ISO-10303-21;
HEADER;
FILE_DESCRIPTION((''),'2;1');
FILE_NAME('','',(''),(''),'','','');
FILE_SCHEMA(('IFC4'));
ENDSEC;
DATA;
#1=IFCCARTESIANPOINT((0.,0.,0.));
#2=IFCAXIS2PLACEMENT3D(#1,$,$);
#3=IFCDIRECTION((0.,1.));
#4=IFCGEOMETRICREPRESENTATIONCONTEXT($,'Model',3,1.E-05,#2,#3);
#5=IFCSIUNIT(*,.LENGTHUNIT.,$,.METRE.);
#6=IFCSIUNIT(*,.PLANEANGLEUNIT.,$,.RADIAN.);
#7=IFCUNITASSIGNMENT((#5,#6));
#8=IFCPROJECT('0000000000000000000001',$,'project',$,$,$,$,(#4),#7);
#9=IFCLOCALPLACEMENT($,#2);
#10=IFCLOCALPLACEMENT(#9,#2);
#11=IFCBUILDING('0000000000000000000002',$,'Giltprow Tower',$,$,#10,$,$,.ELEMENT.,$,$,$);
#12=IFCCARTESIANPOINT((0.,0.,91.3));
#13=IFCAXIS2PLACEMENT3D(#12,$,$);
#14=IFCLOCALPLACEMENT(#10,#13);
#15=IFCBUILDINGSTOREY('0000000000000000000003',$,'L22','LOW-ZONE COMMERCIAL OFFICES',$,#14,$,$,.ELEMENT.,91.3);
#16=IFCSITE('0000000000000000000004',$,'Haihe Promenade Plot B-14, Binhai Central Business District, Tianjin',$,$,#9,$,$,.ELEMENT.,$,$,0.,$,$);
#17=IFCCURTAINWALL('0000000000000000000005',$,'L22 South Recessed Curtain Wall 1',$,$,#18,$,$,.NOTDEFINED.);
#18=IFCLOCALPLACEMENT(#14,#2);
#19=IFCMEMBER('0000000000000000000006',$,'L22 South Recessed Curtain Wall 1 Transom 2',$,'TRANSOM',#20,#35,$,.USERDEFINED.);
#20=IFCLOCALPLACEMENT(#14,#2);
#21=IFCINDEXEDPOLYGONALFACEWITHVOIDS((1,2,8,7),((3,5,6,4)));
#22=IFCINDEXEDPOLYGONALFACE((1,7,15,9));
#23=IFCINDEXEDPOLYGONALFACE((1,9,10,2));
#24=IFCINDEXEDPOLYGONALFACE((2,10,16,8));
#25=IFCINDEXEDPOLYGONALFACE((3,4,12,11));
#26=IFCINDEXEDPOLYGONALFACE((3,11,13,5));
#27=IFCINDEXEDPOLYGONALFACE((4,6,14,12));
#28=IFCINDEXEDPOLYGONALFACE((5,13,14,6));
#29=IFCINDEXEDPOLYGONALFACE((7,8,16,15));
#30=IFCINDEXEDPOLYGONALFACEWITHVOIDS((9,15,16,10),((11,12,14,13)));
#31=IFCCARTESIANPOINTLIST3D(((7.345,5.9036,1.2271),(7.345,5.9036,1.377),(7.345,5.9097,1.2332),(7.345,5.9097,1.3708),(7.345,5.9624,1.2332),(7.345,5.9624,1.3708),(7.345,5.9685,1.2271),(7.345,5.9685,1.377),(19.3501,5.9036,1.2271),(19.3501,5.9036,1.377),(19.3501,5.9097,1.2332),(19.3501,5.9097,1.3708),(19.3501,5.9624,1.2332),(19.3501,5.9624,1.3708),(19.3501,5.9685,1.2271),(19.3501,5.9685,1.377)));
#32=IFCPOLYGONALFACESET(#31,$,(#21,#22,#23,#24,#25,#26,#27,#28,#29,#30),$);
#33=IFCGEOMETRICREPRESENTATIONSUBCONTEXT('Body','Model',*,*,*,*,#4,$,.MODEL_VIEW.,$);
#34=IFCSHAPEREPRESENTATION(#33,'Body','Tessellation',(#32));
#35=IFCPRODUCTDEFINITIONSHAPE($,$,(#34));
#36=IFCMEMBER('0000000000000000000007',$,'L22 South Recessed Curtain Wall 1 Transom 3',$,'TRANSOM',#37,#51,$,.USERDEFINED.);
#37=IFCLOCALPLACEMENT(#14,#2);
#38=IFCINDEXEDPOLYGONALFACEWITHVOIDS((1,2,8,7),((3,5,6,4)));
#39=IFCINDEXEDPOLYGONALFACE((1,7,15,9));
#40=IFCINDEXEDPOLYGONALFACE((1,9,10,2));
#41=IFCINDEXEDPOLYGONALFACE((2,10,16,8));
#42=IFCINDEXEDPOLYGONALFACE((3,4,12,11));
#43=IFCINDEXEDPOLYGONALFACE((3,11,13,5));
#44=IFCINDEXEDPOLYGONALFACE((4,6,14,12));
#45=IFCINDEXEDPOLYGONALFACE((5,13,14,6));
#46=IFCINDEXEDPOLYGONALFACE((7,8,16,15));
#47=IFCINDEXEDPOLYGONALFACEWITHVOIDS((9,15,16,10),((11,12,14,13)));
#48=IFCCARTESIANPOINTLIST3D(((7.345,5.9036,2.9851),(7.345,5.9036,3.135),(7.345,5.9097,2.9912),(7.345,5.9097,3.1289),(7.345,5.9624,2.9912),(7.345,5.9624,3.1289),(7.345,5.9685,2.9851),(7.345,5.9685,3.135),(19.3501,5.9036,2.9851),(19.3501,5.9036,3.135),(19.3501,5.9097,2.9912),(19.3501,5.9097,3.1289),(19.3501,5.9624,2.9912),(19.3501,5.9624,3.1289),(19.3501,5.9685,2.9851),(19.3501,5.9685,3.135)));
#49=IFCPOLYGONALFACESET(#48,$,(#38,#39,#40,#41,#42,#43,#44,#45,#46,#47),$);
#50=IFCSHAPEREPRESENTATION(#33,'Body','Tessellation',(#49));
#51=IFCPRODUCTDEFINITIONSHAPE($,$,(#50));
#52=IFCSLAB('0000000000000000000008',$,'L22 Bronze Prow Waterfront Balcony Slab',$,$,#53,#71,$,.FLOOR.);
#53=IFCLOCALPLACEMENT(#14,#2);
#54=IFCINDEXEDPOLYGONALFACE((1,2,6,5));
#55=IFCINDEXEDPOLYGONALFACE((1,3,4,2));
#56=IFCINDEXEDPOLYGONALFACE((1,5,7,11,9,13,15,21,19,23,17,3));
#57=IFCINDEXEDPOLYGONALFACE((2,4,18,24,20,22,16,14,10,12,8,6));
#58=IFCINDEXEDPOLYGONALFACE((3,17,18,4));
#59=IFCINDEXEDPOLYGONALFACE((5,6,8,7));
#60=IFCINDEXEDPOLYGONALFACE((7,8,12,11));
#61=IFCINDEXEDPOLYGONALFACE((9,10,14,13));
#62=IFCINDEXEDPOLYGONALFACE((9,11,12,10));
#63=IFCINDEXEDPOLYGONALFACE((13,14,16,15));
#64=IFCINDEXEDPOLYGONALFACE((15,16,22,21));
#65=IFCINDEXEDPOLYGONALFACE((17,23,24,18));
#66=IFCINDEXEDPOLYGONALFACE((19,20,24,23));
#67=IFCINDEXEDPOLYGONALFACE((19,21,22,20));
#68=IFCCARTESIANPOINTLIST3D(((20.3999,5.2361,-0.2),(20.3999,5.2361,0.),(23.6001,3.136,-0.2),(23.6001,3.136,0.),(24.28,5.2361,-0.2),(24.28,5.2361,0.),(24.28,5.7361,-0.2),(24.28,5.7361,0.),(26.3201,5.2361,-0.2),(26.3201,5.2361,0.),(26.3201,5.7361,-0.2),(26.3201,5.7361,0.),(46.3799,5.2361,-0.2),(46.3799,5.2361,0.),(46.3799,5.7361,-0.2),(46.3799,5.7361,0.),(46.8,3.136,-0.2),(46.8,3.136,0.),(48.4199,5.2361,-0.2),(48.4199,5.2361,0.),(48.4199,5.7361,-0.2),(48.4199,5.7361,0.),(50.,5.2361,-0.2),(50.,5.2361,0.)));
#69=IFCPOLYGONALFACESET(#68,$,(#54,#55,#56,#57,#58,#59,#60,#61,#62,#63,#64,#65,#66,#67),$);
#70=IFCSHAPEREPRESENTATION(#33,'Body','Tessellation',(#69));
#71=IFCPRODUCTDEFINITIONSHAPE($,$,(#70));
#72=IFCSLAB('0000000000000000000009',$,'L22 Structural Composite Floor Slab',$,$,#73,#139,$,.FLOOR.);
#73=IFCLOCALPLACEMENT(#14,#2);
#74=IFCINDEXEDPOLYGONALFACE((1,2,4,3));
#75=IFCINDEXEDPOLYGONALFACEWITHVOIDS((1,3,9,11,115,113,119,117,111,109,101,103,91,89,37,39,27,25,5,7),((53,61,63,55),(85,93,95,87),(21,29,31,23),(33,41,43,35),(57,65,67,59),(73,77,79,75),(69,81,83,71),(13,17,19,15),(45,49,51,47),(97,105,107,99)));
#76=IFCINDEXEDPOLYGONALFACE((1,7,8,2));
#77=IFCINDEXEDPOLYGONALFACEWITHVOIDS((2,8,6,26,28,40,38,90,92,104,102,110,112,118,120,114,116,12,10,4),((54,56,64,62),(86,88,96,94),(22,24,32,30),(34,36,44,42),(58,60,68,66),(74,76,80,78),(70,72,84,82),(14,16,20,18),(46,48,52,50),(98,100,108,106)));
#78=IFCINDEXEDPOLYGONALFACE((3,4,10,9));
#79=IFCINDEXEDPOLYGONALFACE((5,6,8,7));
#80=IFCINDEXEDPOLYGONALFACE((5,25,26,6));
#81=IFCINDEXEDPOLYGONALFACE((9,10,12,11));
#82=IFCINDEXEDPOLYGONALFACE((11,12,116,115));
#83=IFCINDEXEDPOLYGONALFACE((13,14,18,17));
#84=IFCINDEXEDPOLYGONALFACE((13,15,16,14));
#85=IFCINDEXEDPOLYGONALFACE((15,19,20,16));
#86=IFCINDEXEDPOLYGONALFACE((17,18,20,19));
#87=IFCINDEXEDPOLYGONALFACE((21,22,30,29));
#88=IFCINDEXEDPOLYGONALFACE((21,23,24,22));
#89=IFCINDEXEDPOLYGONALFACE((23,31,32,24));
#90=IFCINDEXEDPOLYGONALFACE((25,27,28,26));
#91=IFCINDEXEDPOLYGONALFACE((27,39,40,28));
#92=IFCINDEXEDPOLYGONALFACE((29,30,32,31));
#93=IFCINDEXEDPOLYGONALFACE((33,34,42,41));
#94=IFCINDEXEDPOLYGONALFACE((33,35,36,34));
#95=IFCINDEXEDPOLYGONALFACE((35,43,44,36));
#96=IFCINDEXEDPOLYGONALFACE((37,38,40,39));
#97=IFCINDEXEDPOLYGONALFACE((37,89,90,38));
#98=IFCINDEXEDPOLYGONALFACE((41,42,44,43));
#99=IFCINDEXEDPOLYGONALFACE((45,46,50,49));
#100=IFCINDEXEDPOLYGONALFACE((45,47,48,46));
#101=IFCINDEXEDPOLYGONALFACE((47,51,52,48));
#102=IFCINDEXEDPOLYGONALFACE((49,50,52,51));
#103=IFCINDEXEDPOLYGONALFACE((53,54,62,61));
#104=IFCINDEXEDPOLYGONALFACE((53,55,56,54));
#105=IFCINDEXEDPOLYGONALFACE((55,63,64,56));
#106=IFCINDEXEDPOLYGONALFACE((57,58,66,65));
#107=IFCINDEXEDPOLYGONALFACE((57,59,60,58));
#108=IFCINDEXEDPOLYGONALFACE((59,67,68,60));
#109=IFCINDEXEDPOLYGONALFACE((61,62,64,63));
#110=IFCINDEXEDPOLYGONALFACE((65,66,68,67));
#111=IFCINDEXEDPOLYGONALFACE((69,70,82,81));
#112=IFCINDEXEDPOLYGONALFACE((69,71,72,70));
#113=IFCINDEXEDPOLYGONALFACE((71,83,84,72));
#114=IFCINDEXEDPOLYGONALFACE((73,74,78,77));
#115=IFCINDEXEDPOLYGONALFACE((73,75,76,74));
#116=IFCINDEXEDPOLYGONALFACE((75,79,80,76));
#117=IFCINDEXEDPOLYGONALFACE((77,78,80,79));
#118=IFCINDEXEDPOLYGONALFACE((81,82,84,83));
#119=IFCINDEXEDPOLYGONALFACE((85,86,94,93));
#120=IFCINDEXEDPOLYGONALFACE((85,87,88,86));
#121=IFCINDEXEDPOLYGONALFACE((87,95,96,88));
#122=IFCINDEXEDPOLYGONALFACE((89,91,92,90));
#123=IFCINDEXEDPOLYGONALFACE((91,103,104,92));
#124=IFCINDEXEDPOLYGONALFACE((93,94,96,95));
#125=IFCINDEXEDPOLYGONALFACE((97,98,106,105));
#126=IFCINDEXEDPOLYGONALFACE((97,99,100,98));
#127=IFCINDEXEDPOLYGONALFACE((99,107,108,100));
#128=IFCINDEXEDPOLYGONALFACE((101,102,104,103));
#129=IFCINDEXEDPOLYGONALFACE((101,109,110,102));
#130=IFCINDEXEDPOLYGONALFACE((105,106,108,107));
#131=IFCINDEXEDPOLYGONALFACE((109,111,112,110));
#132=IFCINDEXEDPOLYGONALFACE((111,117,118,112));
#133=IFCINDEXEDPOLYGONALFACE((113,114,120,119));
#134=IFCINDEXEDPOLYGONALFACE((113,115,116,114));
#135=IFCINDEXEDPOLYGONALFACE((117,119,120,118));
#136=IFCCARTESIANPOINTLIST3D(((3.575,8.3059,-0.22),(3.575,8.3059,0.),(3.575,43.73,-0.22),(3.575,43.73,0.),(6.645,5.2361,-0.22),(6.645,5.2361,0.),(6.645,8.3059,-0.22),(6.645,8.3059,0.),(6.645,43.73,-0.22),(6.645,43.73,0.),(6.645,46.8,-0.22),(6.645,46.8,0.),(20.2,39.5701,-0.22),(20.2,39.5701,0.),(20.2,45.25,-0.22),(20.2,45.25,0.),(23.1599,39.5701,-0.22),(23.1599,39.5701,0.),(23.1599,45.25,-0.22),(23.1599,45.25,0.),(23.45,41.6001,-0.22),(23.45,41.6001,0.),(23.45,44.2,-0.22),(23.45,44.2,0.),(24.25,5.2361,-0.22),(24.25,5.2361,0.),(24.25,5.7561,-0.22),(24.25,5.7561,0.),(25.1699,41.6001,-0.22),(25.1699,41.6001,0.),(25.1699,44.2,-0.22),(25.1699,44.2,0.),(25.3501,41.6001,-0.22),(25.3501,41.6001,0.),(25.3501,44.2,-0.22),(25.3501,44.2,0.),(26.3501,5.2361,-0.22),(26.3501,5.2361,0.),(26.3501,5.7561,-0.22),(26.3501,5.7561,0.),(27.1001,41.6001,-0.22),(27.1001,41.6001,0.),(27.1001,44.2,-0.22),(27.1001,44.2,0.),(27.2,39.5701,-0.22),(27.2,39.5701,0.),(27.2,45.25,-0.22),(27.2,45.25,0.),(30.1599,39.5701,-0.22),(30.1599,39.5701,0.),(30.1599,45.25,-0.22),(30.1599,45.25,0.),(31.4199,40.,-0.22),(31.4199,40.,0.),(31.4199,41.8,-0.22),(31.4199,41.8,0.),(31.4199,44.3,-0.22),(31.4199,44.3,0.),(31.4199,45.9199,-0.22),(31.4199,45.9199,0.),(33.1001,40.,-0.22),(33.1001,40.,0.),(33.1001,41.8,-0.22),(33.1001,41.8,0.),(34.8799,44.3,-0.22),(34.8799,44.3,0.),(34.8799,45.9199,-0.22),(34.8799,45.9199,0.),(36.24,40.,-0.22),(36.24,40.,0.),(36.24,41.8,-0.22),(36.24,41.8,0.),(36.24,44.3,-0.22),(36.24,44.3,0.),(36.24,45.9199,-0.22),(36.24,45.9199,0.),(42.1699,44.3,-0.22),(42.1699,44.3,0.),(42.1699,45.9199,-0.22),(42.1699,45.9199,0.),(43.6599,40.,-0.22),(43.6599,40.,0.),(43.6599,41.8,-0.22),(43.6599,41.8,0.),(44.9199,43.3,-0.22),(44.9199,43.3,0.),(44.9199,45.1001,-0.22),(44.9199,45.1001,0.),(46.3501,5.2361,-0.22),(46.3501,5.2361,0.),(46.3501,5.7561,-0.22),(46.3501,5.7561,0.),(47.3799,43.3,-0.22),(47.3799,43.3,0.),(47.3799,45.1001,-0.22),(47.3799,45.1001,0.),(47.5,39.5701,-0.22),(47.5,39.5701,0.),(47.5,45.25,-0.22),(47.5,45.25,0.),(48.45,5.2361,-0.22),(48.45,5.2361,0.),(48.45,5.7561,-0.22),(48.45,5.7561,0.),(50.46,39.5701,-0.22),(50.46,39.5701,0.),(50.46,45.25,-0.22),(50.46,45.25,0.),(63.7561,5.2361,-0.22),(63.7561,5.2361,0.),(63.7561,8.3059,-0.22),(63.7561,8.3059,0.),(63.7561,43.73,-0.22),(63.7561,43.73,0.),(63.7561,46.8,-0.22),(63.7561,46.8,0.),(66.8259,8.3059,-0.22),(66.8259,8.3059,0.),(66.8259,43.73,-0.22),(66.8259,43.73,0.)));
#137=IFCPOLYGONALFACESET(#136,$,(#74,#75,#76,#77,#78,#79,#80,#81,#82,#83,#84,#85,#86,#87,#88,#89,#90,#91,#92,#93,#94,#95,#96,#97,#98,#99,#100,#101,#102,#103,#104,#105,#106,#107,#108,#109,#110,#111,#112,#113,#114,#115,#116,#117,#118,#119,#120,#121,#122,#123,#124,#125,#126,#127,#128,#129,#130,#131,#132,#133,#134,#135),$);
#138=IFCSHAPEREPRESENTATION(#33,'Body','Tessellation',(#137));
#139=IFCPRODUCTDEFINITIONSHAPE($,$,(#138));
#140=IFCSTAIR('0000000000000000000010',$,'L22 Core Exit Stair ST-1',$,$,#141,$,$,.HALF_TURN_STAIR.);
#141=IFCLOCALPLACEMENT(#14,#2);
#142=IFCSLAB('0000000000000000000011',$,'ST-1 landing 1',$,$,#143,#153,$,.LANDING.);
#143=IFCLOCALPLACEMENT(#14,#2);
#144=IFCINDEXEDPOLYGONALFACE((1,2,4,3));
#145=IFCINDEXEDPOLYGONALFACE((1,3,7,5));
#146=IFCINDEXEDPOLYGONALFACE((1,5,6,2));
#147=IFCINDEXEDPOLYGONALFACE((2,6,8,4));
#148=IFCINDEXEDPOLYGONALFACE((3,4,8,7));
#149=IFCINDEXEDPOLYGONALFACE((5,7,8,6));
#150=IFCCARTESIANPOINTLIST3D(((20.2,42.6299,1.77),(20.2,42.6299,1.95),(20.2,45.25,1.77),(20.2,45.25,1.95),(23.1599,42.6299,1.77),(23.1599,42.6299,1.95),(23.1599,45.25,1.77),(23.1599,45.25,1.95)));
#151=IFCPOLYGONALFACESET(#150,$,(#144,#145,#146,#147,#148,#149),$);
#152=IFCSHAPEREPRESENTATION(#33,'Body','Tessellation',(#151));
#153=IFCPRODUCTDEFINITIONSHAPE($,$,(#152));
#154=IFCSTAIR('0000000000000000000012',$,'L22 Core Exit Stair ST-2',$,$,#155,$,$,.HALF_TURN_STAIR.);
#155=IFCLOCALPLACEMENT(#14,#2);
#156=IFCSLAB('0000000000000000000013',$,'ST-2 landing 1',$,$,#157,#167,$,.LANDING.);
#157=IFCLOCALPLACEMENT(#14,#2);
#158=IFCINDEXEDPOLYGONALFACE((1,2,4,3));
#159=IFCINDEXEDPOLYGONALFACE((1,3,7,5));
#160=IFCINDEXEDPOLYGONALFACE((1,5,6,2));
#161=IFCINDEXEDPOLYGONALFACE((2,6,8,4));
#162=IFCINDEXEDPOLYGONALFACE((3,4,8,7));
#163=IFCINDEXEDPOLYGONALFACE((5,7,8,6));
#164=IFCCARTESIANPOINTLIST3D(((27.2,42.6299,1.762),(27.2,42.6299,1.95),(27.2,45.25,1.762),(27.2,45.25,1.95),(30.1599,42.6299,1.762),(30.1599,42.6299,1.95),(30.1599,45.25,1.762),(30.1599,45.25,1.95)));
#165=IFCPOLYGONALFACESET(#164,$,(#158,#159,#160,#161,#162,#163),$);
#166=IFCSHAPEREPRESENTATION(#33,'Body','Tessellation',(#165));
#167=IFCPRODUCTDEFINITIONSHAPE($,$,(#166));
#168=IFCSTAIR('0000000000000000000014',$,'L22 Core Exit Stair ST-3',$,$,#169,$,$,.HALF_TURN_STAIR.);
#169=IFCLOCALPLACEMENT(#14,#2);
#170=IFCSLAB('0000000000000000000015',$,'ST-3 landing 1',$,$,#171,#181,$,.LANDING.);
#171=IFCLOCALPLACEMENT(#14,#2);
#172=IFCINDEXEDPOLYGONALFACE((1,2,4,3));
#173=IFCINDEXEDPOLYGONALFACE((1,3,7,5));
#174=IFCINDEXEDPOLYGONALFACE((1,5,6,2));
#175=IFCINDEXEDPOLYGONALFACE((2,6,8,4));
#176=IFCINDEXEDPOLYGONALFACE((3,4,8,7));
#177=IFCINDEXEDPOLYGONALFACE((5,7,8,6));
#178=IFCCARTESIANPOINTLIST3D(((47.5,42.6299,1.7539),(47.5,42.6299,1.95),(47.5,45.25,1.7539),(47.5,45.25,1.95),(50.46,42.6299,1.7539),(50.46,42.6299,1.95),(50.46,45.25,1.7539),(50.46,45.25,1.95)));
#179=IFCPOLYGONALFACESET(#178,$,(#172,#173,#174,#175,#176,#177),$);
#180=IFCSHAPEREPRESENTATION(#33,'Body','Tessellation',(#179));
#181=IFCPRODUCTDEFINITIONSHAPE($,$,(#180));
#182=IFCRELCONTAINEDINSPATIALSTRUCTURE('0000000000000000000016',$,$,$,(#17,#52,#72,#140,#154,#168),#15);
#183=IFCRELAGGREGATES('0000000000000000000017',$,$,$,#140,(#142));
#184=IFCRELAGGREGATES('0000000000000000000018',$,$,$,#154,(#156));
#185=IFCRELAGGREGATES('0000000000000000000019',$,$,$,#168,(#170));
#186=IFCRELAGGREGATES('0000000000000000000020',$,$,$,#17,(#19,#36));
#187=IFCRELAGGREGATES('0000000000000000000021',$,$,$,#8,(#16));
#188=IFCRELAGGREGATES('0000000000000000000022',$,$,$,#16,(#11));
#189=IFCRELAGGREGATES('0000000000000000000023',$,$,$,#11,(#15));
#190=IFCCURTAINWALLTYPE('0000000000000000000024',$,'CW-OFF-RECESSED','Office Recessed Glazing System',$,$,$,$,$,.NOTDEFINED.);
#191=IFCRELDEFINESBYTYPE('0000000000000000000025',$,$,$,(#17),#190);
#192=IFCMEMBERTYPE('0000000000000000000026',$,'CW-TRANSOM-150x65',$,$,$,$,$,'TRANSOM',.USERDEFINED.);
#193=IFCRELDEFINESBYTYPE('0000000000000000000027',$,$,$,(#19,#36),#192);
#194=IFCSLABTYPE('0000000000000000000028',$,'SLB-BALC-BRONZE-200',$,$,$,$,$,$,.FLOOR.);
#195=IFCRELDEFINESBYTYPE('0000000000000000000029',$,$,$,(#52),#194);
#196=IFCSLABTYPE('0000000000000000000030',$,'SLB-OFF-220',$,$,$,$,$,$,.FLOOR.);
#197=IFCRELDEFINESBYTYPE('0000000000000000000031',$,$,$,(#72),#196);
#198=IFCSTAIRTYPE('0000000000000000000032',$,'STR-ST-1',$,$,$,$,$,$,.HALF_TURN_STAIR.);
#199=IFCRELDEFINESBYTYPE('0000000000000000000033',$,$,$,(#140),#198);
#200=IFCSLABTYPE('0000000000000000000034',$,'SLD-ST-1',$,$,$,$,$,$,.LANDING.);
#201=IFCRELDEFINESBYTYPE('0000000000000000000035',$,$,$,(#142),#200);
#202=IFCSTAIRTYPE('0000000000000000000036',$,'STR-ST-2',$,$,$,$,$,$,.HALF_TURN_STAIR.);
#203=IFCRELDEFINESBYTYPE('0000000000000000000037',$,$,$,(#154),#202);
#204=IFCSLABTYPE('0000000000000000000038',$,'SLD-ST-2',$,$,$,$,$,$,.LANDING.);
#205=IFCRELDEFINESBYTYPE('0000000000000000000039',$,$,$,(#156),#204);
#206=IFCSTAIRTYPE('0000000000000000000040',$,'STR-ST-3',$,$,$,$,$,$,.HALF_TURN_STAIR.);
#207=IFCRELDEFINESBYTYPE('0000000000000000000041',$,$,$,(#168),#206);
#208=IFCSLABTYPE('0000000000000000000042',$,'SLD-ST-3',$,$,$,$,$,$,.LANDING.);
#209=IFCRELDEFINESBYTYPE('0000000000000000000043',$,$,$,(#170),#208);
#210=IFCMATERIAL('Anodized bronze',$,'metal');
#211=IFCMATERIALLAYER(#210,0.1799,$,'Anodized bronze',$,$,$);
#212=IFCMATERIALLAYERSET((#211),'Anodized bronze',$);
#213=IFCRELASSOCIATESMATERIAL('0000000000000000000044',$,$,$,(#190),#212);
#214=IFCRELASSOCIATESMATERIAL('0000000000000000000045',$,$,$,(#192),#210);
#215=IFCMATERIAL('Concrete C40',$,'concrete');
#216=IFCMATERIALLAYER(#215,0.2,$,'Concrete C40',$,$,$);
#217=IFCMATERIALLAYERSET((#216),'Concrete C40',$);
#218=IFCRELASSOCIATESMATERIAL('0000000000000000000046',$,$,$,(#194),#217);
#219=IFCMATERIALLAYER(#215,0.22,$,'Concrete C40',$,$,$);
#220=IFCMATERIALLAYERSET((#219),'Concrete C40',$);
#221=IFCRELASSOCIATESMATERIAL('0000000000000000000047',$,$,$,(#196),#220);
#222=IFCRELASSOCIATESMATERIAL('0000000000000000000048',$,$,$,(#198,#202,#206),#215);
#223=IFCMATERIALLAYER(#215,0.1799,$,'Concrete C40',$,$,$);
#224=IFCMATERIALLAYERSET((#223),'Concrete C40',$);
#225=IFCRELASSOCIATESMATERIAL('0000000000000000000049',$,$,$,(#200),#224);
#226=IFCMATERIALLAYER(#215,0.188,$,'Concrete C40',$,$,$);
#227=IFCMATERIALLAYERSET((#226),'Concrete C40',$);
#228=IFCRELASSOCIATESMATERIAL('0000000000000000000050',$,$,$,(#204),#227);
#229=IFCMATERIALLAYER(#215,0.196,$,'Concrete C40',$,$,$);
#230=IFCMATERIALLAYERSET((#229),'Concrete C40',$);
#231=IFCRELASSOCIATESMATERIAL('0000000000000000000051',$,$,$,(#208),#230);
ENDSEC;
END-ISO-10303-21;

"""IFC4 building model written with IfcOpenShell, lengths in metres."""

from ifc_helpers import new_model, si_unit, direction, frame, origin, origin_2d, place, context, subcontext, project, spatial, polyline, hollow_rectangle, outline, extrude, source, transform, mapped, material, layer, layer_set, material_profile, profile_set, type_object, element, aggregate, save


model = new_model("IFC4")

# Units and contexts
model_context = context("Model", 3, precision=1e-05, world=origin(), true_north=direction((0.0, 1.0)))
body_context = subcontext(model_context, "Body", "Model", "MODEL_VIEW")
ifc_project = project(units=[si_unit("LENGTHUNIT", "METRE"), si_unit("PLANEANGLEUNIT", "RADIAN")], contexts=[model_context])

# Site, building, storey
site_placement = place(None, origin())
site = spatial("IfcSite", under=ifc_project, at=site_placement, Name="Haihe Promenade Plot B-14, Binhai Central Business District, Tianjin", CompositionType="ELEMENT", RefElevation=0.0)
building_placement = place(site_placement, origin())
building = spatial("IfcBuilding", under=site, at=building_placement, Name="Giltprow Tower", CompositionType="ELEMENT")
storey_placement = place(building_placement, frame((0.0, 0.0, 91.3)))
storey = spatial("IfcBuildingStorey", under=building, at=storey_placement, Name="L22", Description="LOW-ZONE COMMERCIAL OFFICES", CompositionType="ELEMENT", Elevation=91.3)

# Curtain wall, members
ifc_material_1 = material(Name="Anodized bronze", Category="metal")
ifc_layer_1 = layer(ifc_material_1, 0.1799, Name="Anodized bronze")
ifc_layer_set_1 = layer_set([ifc_layer_1], Name="Anodized bronze")
curtain_wall_type = type_object("IfcCurtainWallType", Name="CW-OFF-RECESSED", Description="Office Recessed Glazing System", PredefinedType="NOTDEFINED", material=ifc_layer_set_1)
curtain_wall_placement = place(storey_placement, origin())
curtain_wall = element("IfcCurtainWall", 1, at=curtain_wall_placement, inside=storey, type_object=curtain_wall_type, Name="L22 South Recessed Curtain Wall 1", PredefinedType="NOTDEFINED")
ifc_material_profile_1 = material_profile(ifc_material_1, hollow_rectangle(XDim=0.0649, YDim=0.1499, WallThickness=0.0061, at=origin_2d()), Name="RHS 150x65x6")
ifc_profile_set_1 = profile_set([ifc_material_profile_1], Name="Anodized bronze")
member_type_1 = type_object("IfcMemberType", Name="CW-TRANSOM-150x65", ElementType="TRANSOM", PredefinedType="USERDEFINED", material=ifc_profile_set_1)
shared_shape_1 = source(origin(), body_context, "Body", "SweptSolid", [
    extrude(hollow_rectangle(XDim=0.0649, YDim=0.1499, WallThickness=0.0061, at=origin_2d()), origin(), (0.0, 0.0, 1.0), 12.0051),
])
member_1_placement = place(storey_placement, frame((7.345, 5.936, 1.302), z_axis=(1.0, 0.0, 0.0), x_axis=(0.0, 1.0, 0.0)))
member_1 = element("IfcMember", 2, at=member_1_placement, type_object=member_type_1, Name="L22 South Recessed Curtain Wall 1 Transom 2", ObjectType="TRANSOM", PredefinedType="USERDEFINED", context=body_context, shape_type="MappedRepresentation", body=[
    mapped(shared_shape_1, transform((0.0, 0.0, 0.0), x_axis=(1.0, 0.0, 0.0), y_axis=(0.0, 1.0, 0.0), z_axis=(0.0, 0.0, 1.0), scale=1.0)),
])
member_2_placement = place(storey_placement, frame((7.345, 5.936, 3.0601), z_axis=(1.0, 0.0, 0.0), x_axis=(0.0, 1.0, 0.0)))
member_2 = element("IfcMember", 3, at=member_2_placement, type_object=member_type_1, Name="L22 South Recessed Curtain Wall 1 Transom 3", ObjectType="TRANSOM", PredefinedType="USERDEFINED", context=body_context, shape_type="MappedRepresentation", body=[
    mapped(shared_shape_1, transform((0.0, 0.0, 0.0), x_axis=(1.0, 0.0, 0.0), y_axis=(0.0, 1.0, 0.0), z_axis=(0.0, 0.0, 1.0), scale=1.0)),
])

# Slabs
ifc_material_2 = material(Name="Concrete C40", Category="concrete")
ifc_layer_2 = layer(ifc_material_2, 0.2, Name="Concrete C40")
ifc_layer_set_2 = layer_set([ifc_layer_2], Name="Concrete C40")
slab_type_1 = type_object("IfcSlabType", Name="SLB-BALC-BRONZE-200", PredefinedType="FLOOR", material=ifc_layer_set_2)
slab_1_placement = place(storey_placement, frame((0.0, 0.0, -0.2)))
element("IfcSlab", 4, at=slab_1_placement, inside=storey, type_object=slab_type_1, Name="L22 Bronze Prow Waterfront Balcony Slab", PredefinedType="FLOOR", context=body_context, shape_type="SweptSolid", body=[
    extrude(outline(polyline([(50.0, 5.2361), (46.8, 3.136), (23.6001, 3.136), (20.3999, 5.2361), (24.28, 5.2361), (24.28, 5.7361), (26.3201, 5.7361), (26.3201, 5.2361), (46.3799, 5.2361), (46.3799, 5.7361), (48.4199, 5.7361), (48.4199, 5.2361), (50.0, 5.2361)])), origin(), (0.0, 0.0, 1.0), 0.2),
])
ifc_layer_3 = layer(ifc_material_2, 0.22, Name="Concrete C40")
ifc_layer_set_3 = layer_set([ifc_layer_3], Name="Concrete C40")
slab_type_2 = type_object("IfcSlabType", Name="SLB-OFF-220", PredefinedType="FLOOR", material=ifc_layer_set_3)
slab_2_placement = place(storey_placement, frame((0.0, 0.0, -0.22)))
element("IfcSlab", 5, at=slab_2_placement, inside=storey, type_object=slab_type_2, Name="L22 Structural Composite Floor Slab", PredefinedType="FLOOR", context=body_context, shape_type="SweptSolid", body=[
    extrude(outline(polyline([(6.645, 5.2361), (6.645, 8.3059), (3.575, 8.3059), (3.575, 43.73), (6.645, 43.73), (6.645, 46.8), (63.7561, 46.8), (63.7561, 43.73), (66.8259, 43.73), (66.8259, 8.3059), (63.7561, 8.3059), (63.7561, 5.2361), (48.45, 5.2361), (48.45, 5.7561), (46.3501, 5.7561), (46.3501, 5.2361), (26.3501, 5.2361), (26.3501, 5.7561), (24.25, 5.7561), (24.25, 5.2361), (6.645, 5.2361)]), holes=[polyline([(33.1001, 41.8), (31.4199, 41.8), (31.4199, 40.0), (33.1001, 40.0), (33.1001, 41.8)]), polyline([(23.1599, 39.5701), (23.1599, 45.25), (20.2, 45.25), (20.2, 39.5701), (23.1599, 39.5701)]), polyline([(30.1599, 45.25), (27.2, 45.25), (27.2, 39.5701), (30.1599, 39.5701), (30.1599, 45.25)]), polyline([(25.1699, 41.6001), (25.1699, 44.2), (23.45, 44.2), (23.45, 41.6001), (25.1699, 41.6001)]), polyline([(27.1001, 41.6001), (27.1001, 44.2), (25.3501, 44.2), (25.3501, 41.6001), (27.1001, 41.6001)]), polyline([(43.6599, 40.0), (43.6599, 41.8), (36.24, 41.8), (36.24, 40.0), (43.6599, 40.0)]), polyline([(50.46, 39.5701), (50.46, 45.25), (47.5, 45.25), (47.5, 39.5701), (50.46, 39.5701)]), polyline([(47.3799, 45.1001), (44.9199, 45.1001), (44.9199, 43.3), (47.3799, 43.3), (47.3799, 45.1001)]), polyline([(34.8799, 44.3), (34.8799, 45.9199), (31.4199, 45.9199), (31.4199, 44.3), (34.8799, 44.3)]), polyline([(42.1699, 44.3), (42.1699, 45.9199), (36.24, 45.9199), (36.24, 44.3), (42.1699, 44.3)])]), origin(), (0.0, 0.0, 1.0), 0.22),
])

# Stairs, slabs
stair_type_1 = type_object("IfcStairType", Name="STR-ST-1", PredefinedType="HALF_TURN_STAIR", material=ifc_material_2)
stair_1_placement = place(storey_placement, origin())
stair_1 = element("IfcStair", 6, at=stair_1_placement, inside=storey, type_object=stair_type_1, Name="L22 Core Exit Stair ST-1", PredefinedType="HALF_TURN_STAIR")
ifc_layer_4 = layer(ifc_material_2, 0.1799, Name="Concrete C40")
ifc_layer_set_4 = layer_set([ifc_layer_4], Name="Concrete C40")
slab_type_3 = type_object("IfcSlabType", Name="SLD-ST-1", PredefinedType="LANDING", material=ifc_layer_set_4)
slab_3_placement = place(storey_placement, frame((0.0, 0.0, 1.77)))
slab_3 = element("IfcSlab", 7, at=slab_3_placement, type_object=slab_type_3, Name="ST-1 landing 1", PredefinedType="LANDING", context=body_context, shape_type="SweptSolid", body=[
    extrude(outline(polyline([(23.1599, 42.6299), (23.1599, 45.25), (20.2, 45.25), (20.2, 42.6299), (23.1599, 42.6299)])), origin(), (0.0, 0.0, 1.0), 0.1799),
])
aggregate(stair_1, [slab_3])
stair_type_2 = type_object("IfcStairType", Name="STR-ST-2", PredefinedType="HALF_TURN_STAIR", material=ifc_material_2)
stair_2_placement = place(storey_placement, origin())
stair_2 = element("IfcStair", 8, at=stair_2_placement, inside=storey, type_object=stair_type_2, Name="L22 Core Exit Stair ST-2", PredefinedType="HALF_TURN_STAIR")
ifc_layer_5 = layer(ifc_material_2, 0.188, Name="Concrete C40")
ifc_layer_set_5 = layer_set([ifc_layer_5], Name="Concrete C40")
slab_type_4 = type_object("IfcSlabType", Name="SLD-ST-2", PredefinedType="LANDING", material=ifc_layer_set_5)
slab_4_placement = place(storey_placement, frame((0.0, 0.0, 1.762)))
slab_4 = element("IfcSlab", 9, at=slab_4_placement, type_object=slab_type_4, Name="ST-2 landing 1", PredefinedType="LANDING", context=body_context, shape_type="SweptSolid", body=[
    extrude(outline(polyline([(30.1599, 42.6299), (30.1599, 45.25), (27.2, 45.25), (27.2, 42.6299), (30.1599, 42.6299)])), origin(), (0.0, 0.0, 1.0), 0.188),
])
aggregate(stair_2, [slab_4])
stair_type_3 = type_object("IfcStairType", Name="STR-ST-3", PredefinedType="HALF_TURN_STAIR", material=ifc_material_2)
stair_3_placement = place(storey_placement, origin())
stair_3 = element("IfcStair", 10, at=stair_3_placement, inside=storey, type_object=stair_type_3, Name="L22 Core Exit Stair ST-3", PredefinedType="HALF_TURN_STAIR")
ifc_layer_6 = layer(ifc_material_2, 0.196, Name="Concrete C40")
ifc_layer_set_6 = layer_set([ifc_layer_6], Name="Concrete C40")
slab_type_5 = type_object("IfcSlabType", Name="SLD-ST-3", PredefinedType="LANDING", material=ifc_layer_set_6)
slab_5_placement = place(storey_placement, frame((0.0, 0.0, 1.7539)))
slab_5 = element("IfcSlab", 11, at=slab_5_placement, type_object=slab_type_5, Name="ST-3 landing 1", PredefinedType="LANDING", context=body_context, shape_type="SweptSolid", body=[
    extrude(outline(polyline([(50.46, 42.6299), (50.46, 45.25), (47.5, 45.25), (47.5, 42.6299), (50.46, 42.6299)])), origin(), (0.0, 0.0, 1.0), 0.196),
])
aggregate(stair_3, [slab_5])

aggregate(curtain_wall, [member_1, member_2])

save(model, "model.ifc")
